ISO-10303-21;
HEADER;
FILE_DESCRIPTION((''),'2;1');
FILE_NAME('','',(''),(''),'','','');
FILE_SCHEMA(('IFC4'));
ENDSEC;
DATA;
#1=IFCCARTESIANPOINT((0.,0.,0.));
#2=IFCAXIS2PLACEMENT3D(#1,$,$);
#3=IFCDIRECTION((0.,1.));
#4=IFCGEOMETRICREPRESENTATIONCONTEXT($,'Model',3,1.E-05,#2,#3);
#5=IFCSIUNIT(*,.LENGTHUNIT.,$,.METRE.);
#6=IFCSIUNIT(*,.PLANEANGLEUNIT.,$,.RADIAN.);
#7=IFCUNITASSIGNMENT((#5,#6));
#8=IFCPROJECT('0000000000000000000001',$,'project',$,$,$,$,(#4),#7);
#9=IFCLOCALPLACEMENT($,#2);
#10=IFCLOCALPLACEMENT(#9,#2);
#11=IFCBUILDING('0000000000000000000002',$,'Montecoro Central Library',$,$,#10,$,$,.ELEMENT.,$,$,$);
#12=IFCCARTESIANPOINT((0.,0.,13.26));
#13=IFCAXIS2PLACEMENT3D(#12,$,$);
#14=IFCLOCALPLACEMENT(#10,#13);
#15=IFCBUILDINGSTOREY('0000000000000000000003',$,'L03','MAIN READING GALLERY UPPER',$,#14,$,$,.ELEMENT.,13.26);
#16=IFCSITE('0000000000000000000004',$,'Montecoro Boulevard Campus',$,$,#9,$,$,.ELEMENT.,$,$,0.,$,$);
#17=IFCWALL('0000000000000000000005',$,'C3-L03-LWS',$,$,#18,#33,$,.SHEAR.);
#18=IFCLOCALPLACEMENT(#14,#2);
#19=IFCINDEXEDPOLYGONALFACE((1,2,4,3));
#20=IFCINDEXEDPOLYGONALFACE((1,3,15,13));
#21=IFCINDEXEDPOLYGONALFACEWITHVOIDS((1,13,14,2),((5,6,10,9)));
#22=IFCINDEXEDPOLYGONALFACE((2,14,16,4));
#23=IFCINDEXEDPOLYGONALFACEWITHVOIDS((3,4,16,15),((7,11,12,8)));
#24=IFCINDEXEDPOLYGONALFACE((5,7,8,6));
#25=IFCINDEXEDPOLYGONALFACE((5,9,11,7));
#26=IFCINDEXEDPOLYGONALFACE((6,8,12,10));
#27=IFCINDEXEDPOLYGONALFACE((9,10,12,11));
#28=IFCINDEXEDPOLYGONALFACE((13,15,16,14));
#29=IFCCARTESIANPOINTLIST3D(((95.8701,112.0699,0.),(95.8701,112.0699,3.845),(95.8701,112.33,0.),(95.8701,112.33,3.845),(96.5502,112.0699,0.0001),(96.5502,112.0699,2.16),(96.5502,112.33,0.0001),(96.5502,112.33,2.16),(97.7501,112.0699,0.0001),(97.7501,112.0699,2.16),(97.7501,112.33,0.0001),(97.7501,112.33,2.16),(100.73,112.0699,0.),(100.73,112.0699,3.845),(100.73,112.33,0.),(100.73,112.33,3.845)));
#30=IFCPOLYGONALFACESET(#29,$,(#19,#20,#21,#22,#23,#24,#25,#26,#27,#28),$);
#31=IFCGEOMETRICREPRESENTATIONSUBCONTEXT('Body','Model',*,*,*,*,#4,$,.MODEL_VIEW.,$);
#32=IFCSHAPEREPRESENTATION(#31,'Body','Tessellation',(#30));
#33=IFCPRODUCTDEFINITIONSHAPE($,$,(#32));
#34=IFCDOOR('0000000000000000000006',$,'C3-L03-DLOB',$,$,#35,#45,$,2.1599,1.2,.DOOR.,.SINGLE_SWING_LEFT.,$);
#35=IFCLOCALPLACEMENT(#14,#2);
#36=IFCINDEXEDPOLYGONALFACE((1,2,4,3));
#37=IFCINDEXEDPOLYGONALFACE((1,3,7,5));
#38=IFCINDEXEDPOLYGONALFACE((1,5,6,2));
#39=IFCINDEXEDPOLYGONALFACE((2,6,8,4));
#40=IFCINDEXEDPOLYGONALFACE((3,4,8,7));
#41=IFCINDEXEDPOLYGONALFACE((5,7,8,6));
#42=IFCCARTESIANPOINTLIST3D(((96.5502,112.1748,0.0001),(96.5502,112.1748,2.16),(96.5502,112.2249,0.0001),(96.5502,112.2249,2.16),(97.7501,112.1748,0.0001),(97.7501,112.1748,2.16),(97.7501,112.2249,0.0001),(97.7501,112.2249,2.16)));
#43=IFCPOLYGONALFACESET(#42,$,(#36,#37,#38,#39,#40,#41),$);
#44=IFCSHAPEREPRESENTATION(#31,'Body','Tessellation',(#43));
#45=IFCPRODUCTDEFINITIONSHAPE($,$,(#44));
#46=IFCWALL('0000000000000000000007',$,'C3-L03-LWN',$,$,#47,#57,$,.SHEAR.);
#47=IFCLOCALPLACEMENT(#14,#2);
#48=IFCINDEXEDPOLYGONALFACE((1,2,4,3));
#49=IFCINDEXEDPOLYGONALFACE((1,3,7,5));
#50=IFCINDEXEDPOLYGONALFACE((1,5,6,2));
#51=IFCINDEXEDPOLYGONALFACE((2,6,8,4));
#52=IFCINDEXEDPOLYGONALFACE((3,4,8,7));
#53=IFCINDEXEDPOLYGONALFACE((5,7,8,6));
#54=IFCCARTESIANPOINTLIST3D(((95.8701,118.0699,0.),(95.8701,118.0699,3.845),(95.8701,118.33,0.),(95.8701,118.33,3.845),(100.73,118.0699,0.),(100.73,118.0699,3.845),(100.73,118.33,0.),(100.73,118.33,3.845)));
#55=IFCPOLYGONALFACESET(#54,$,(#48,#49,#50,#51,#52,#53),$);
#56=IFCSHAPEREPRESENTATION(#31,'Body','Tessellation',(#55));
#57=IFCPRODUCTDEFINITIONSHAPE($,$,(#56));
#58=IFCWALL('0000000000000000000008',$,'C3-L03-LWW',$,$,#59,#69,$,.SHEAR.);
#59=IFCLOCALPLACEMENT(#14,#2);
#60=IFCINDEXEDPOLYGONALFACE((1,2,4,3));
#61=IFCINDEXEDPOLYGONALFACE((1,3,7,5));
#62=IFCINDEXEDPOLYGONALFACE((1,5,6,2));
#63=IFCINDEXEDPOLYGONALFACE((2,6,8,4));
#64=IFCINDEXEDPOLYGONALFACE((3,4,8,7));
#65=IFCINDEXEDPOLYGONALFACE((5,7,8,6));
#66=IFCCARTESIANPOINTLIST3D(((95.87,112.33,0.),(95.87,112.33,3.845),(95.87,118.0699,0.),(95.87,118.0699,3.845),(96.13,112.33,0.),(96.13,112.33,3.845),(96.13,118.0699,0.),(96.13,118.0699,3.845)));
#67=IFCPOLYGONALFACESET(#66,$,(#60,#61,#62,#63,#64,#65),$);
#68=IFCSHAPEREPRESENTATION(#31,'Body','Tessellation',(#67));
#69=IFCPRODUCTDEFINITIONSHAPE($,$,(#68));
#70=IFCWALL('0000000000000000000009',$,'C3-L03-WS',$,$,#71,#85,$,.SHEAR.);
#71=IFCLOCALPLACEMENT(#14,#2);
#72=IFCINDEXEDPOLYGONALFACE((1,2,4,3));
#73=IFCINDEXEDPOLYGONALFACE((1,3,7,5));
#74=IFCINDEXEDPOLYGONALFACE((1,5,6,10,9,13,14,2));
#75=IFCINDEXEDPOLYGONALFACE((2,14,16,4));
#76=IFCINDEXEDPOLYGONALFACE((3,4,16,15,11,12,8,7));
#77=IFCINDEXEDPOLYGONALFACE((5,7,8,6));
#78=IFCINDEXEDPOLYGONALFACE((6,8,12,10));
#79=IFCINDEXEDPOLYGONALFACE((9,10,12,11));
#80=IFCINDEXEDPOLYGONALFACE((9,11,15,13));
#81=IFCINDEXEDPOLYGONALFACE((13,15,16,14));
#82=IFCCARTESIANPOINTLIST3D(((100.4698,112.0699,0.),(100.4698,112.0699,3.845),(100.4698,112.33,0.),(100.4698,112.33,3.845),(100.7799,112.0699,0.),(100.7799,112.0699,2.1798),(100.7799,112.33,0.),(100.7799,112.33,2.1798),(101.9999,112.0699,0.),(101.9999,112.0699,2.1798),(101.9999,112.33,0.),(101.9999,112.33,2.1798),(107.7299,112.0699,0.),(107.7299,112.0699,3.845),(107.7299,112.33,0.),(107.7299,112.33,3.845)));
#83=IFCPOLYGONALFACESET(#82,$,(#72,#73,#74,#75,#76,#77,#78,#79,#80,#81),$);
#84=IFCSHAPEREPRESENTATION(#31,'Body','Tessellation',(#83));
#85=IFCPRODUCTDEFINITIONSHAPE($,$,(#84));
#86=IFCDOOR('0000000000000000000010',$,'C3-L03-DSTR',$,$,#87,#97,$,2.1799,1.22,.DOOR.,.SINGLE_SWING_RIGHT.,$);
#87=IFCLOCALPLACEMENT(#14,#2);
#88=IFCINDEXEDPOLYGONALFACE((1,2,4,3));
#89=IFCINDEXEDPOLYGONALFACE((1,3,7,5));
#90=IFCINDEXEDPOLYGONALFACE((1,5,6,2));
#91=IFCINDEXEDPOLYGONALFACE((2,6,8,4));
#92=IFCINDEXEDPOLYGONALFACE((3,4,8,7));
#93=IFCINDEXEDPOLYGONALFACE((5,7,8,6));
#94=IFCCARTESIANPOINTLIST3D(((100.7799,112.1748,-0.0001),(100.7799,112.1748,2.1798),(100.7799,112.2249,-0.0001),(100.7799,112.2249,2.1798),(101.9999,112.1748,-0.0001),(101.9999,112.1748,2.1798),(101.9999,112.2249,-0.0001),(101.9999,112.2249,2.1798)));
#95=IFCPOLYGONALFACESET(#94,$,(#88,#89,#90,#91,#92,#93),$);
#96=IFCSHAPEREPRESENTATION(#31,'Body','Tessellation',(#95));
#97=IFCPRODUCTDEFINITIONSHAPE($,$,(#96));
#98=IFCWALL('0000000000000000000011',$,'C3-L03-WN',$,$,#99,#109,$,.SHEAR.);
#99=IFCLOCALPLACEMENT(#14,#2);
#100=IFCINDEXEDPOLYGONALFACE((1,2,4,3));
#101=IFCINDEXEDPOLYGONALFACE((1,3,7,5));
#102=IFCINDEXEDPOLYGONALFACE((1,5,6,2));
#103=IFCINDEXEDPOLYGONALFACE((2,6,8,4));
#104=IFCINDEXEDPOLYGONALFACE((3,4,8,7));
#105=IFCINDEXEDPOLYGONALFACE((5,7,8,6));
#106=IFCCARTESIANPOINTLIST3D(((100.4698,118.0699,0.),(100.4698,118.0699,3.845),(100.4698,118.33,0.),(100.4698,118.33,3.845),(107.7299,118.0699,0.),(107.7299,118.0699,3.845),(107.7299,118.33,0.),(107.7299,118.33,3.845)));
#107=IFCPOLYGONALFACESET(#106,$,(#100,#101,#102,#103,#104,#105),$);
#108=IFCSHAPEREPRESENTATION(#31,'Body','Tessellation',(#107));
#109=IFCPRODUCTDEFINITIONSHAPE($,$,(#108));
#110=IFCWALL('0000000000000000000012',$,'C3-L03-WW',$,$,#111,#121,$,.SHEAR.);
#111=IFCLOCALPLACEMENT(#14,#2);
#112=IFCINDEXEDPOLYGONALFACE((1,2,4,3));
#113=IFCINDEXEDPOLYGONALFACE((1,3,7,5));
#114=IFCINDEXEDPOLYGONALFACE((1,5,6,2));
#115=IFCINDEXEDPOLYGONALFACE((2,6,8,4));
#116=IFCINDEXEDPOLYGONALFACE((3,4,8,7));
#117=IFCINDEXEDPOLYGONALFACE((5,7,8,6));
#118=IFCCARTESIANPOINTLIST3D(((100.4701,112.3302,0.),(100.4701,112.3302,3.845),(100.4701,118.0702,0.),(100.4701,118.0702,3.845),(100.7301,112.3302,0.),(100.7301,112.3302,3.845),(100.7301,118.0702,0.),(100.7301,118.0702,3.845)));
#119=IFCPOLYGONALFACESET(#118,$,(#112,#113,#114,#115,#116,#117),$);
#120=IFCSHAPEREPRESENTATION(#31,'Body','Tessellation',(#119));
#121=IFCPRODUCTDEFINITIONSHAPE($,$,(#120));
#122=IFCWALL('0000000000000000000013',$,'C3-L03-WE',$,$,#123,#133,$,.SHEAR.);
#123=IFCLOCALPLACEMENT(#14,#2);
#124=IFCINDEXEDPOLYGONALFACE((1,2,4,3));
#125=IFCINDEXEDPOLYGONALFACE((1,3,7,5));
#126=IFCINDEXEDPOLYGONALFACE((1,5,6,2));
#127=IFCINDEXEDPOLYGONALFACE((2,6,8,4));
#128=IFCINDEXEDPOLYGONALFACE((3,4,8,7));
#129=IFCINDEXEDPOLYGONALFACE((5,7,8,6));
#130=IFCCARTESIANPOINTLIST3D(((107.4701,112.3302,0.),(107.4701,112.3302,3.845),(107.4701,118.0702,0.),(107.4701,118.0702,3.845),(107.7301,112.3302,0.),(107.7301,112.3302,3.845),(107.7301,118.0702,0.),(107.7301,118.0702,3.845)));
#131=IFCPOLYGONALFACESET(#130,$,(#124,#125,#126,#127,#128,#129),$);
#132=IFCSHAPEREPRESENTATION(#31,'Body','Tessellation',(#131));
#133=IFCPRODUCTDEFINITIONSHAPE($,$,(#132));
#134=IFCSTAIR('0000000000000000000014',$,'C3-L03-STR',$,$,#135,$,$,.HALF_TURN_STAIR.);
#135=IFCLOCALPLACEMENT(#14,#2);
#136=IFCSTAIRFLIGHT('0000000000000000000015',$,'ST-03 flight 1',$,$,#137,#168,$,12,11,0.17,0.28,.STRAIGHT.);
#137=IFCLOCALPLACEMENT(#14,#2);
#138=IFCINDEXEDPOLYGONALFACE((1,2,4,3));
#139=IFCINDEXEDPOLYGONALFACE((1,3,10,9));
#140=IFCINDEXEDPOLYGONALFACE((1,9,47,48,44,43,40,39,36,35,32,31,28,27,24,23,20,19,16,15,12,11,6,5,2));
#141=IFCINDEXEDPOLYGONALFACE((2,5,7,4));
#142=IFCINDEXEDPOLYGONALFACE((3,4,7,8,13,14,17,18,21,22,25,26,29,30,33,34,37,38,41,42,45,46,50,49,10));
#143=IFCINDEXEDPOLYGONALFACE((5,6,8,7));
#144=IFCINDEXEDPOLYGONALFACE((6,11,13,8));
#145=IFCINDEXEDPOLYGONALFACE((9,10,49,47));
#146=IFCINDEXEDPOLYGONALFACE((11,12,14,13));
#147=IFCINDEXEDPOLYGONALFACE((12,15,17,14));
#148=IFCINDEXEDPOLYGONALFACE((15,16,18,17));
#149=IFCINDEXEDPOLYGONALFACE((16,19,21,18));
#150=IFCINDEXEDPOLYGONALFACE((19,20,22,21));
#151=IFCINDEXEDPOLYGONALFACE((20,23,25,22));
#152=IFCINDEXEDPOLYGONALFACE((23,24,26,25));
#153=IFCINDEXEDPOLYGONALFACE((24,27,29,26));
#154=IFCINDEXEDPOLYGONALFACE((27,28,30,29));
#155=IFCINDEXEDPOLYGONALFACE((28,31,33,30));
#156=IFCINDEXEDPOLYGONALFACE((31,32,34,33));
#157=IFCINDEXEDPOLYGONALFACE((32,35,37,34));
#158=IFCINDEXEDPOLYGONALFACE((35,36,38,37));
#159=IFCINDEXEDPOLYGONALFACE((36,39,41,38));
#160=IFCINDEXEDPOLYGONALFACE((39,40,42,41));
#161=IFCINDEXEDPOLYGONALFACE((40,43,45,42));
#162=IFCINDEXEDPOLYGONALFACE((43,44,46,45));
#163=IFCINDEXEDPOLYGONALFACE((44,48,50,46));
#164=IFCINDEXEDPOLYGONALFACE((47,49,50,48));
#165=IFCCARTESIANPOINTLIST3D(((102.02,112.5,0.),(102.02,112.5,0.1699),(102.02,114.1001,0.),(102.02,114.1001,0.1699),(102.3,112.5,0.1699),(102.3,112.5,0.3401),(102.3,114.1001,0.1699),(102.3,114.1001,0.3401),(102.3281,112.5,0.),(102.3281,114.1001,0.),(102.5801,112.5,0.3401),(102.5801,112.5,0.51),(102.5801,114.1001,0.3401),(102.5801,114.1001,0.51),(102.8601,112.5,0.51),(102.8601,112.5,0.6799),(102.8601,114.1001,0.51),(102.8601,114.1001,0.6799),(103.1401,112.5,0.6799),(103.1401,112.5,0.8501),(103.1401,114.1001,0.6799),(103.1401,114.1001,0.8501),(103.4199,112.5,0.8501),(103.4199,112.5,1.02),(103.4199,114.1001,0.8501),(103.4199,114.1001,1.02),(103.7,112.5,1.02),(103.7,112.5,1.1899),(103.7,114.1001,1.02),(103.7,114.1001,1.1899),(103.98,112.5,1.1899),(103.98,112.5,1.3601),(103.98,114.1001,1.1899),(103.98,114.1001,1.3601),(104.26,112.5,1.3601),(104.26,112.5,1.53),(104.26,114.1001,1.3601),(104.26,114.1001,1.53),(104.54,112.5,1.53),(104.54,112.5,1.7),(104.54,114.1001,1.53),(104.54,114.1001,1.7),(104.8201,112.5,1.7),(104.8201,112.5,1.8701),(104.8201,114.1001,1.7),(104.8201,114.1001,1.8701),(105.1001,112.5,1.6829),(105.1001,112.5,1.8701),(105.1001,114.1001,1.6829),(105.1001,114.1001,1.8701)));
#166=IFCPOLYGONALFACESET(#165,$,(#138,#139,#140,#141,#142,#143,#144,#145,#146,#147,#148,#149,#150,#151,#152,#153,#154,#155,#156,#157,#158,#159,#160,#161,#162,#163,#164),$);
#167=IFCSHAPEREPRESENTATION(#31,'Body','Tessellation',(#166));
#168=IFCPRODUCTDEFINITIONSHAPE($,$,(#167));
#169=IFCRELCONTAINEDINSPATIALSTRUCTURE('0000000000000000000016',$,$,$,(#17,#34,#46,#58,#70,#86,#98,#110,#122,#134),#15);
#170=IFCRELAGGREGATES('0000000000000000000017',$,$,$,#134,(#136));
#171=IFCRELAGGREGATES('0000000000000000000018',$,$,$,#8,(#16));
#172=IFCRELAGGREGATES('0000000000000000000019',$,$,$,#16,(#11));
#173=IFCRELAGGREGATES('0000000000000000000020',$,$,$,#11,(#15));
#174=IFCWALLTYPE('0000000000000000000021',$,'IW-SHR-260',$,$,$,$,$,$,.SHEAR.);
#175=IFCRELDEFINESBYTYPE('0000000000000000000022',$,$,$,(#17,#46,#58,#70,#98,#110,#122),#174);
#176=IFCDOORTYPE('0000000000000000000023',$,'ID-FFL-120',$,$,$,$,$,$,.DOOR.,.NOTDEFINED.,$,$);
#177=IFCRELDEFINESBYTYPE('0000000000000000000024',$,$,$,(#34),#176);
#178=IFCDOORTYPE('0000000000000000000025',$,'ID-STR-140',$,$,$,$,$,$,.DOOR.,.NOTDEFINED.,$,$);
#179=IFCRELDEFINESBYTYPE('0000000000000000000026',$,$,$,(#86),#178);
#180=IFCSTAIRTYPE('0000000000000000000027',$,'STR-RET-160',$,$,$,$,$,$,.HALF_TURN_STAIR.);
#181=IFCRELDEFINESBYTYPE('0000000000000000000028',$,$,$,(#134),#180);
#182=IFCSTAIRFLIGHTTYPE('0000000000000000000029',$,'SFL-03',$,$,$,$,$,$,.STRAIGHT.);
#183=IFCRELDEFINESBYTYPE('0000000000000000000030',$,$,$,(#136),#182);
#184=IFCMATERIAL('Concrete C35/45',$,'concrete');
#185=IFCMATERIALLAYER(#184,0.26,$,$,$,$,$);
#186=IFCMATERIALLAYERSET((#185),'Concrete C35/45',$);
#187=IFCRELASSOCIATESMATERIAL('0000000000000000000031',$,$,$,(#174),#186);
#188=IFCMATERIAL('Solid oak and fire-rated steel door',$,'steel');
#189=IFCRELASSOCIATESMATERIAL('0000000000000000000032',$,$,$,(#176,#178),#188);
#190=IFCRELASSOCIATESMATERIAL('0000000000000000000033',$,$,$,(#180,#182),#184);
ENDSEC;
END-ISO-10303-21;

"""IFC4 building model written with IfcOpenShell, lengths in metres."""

from ifc_helpers import new_model, si_unit, direction, frame, frame_2d, origin, place, context, subcontext, project, spatial, polyline, rectangle, outline, extrude, material, layer, layer_set, type_object, element, fill, aggregate, save


model = new_model("IFC4")

# Units and contexts
model_context = context("Model", 3, precision=1e-05, world=origin(), true_north=direction((0.0, 1.0)))
body_context = subcontext(model_context, "Body", "Model", "MODEL_VIEW")
ifc_project = project(units=[si_unit("LENGTHUNIT", "METRE"), si_unit("PLANEANGLEUNIT", "RADIAN")], contexts=[model_context])

# Site, building, storey
site_placement = place(None, origin())
site = spatial("IfcSite", under=ifc_project, at=site_placement, Name="Montecoro Boulevard Campus", CompositionType="ELEMENT", RefElevation=0.0)
building_placement = place(site_placement, origin())
building = spatial("IfcBuilding", under=site, at=building_placement, Name="Montecoro Central Library", CompositionType="ELEMENT")
storey_placement = place(building_placement, frame((0.0, 0.0, 13.26)))
storey = spatial("IfcBuildingStorey", under=building, at=storey_placement, Name="L03", Description="MAIN READING GALLERY UPPER", CompositionType="ELEMENT", Elevation=13.26)

# Shared definitions
ifc_material_1 = material(Name="Concrete C35/45", Category="concrete")

# Shared definitions
ifc_material_2 = material(Name="Solid oak and fire-rated steel door", Category="steel")

# Wall, opening, door
ifc_layer_1 = layer(ifc_material_1, 0.26)
ifc_layer_set_1 = layer_set([ifc_layer_1], Name="Concrete C35/45")
wall_type_1 = type_object("IfcWallType", Name="IW-SHR-260", PredefinedType="SHEAR", material=ifc_layer_set_1)
wall_1_placement = place(storey_placement, frame((95.8701, 112.2, 0.0), z_axis=(0.0, 0.0, 1.0), x_axis=(1.0, 0.0, 0.0)))
wall_1 = element("IfcWall", 1, at=wall_1_placement, inside=storey, type_object=wall_type_1, Name="C3-L03-LWS", PredefinedType="SHEAR", context=body_context, shape_type="SweptSolid", body=[
    extrude(rectangle(XDim=4.8599, YDim=0.26, at=frame_2d((2.4299, 0.0))), origin(), (0.0, 0.0, 1.0), 3.845),
])
opening_1_placement = place(wall_1_placement, frame((0.6799, 0.0, 0.0)))
opening_1 = element("IfcOpeningElement", 2, at=opening_1_placement, cuts=wall_1, PredefinedType="OPENING", context=body_context, shape_type="SweptSolid", body=[
    extrude(rectangle(XDim=1.2, YDim=2.1599, at=frame_2d((0.6001, 1.0801))), frame((0.0, 0.1399, 0.0), z_axis=(0.0, -1.0, 0.0), x_axis=(1.0, 0.0, 0.0)), (0.0, 0.0, 1.0), 0.28),
])
door_type_1 = type_object("IfcDoorType", Name="ID-FFL-120", OperationType="NOTDEFINED", PredefinedType="DOOR", material=ifc_material_2)
door_1_placement = place(opening_1_placement, origin())
door_1 = element("IfcDoor", 3, at=door_1_placement, inside=storey, type_object=door_type_1, Name="C3-L03-DLOB", OperationType="SINGLE_SWING_LEFT", OverallHeight=2.1599, OverallWidth=1.2, PredefinedType="DOOR", context=body_context, shape_type="SweptSolid", body=[
    extrude(rectangle(XDim=1.2, YDim=2.1599, at=frame_2d((0.6001, 1.0801))), frame((0.0, 0.0249, 0.0), z_axis=(0.0, -1.0, 0.0), x_axis=(1.0, 0.0, 0.0)), (0.0, 0.0, 1.0), 0.05),
])
fill(opening_1, door_1)

# Walls
wall_2_placement = place(storey_placement, frame((100.73, 118.2, 0.0), z_axis=(0.0, 0.0, 1.0), x_axis=(-1.0, 0.0, 0.0)))
element("IfcWall", 4, at=wall_2_placement, inside=storey, type_object=wall_type_1, Name="C3-L03-LWN", PredefinedType="SHEAR", context=body_context, shape_type="SweptSolid", body=[
    extrude(rectangle(XDim=4.8599, YDim=0.26, at=frame_2d((2.4299, 0.0))), origin(), (0.0, 0.0, 1.0), 3.845),
])
wall_3_placement = place(storey_placement, frame((96.0, 118.0701, 0.0), z_axis=(0.0, 0.0, 1.0), x_axis=(0.0, -1.0, 0.0)))
element("IfcWall", 5, at=wall_3_placement, inside=storey, type_object=wall_type_1, Name="C3-L03-LWW", PredefinedType="SHEAR", context=body_context, shape_type="SweptSolid", body=[
    extrude(rectangle(XDim=5.74, YDim=0.26, at=frame_2d((2.8701, 0.0))), origin(), (0.0, 0.0, 1.0), 3.845),
])

# Wall, opening, door
wall_4_placement = place(storey_placement, frame((100.47, 112.2, 0.0), z_axis=(0.0, 0.0, 1.0), x_axis=(1.0, 0.0, 0.0)))
wall_4 = element("IfcWall", 6, at=wall_4_placement, inside=storey, type_object=wall_type_1, Name="C3-L03-WS", PredefinedType="SHEAR", context=body_context, shape_type="SweptSolid", body=[
    extrude(rectangle(XDim=7.26, YDim=0.26, at=frame_2d((3.6299, 0.0))), origin(), (0.0, 0.0, 1.0), 3.845),
])
opening_2_placement = place(wall_4_placement, frame((0.3101, 0.0, 0.0)))
opening_2 = element("IfcOpeningElement", 7, at=opening_2_placement, cuts=wall_4, PredefinedType="OPENING", context=body_context, shape_type="SweptSolid", body=[
    extrude(rectangle(XDim=1.22, YDim=2.1799, at=frame_2d((0.6099, 1.0898))), frame((0.0, 0.1399, 0.0), z_axis=(0.0, -1.0, 0.0), x_axis=(1.0, 0.0, 0.0)), (0.0, 0.0, 1.0), 0.28),
])
door_type_2 = type_object("IfcDoorType", Name="ID-STR-140", OperationType="NOTDEFINED", PredefinedType="DOOR", material=ifc_material_2)
door_2_placement = place(opening_2_placement, origin())
door_2 = element("IfcDoor", 8, at=door_2_placement, inside=storey, type_object=door_type_2, Name="C3-L03-DSTR", OperationType="SINGLE_SWING_RIGHT", OverallHeight=2.1799, OverallWidth=1.22, PredefinedType="DOOR", context=body_context, shape_type="SweptSolid", body=[
    extrude(rectangle(XDim=1.22, YDim=2.1799, at=frame_2d((0.6099, 1.0898))), frame((0.0, 0.0249, 0.0), z_axis=(0.0, -1.0, 0.0), x_axis=(1.0, 0.0, 0.0)), (0.0, 0.0, 1.0), 0.05),
])
fill(opening_2, door_2)

# Walls
wall_5_placement = place(storey_placement, frame((100.47, 118.2, 0.0), z_axis=(0.0, 0.0, 1.0), x_axis=(1.0, 0.0, 0.0)))
element("IfcWall", 9, at=wall_5_placement, inside=storey, type_object=wall_type_1, Name="C3-L03-WN", PredefinedType="SHEAR", context=body_context, shape_type="SweptSolid", body=[
    extrude(rectangle(XDim=7.26, YDim=0.26, at=frame_2d((3.6299, 0.0))), origin(), (0.0, 0.0, 1.0), 3.845),
])
for number, where, z_axis, x_axis, name in (
    (10, (100.6001, 112.3301, 0.0), (0.0, 0.0, 1.0), (0.0, 1.0, 0.0), "C3-L03-WW"),
    (11, (107.6001, 112.3301, 0.0), (0.0, 0.0, 1.0), (0.0, 1.0, 0.0), "C3-L03-WE"),
):
    element("IfcWall", number, at=place(storey_placement, frame(where, z_axis=z_axis, x_axis=x_axis)), inside=storey, type_object=wall_type_1, Name=name, PredefinedType="SHEAR", context=body_context, shape_type="SweptSolid", body=[
        extrude(rectangle(XDim=5.74, YDim=0.26, at=frame_2d((2.8701, 0.0))), origin(), (0.0, 0.0, 1.0), 3.845),
    ])

# Stair, stair flight
stair_type = type_object("IfcStairType", Name="STR-RET-160", PredefinedType="HALF_TURN_STAIR", material=ifc_material_1)
stair_placement = place(storey_placement, origin())
stair = element("IfcStair", 12, at=stair_placement, inside=storey, type_object=stair_type, Name="C3-L03-STR", PredefinedType="HALF_TURN_STAIR")
stair_flight_type = type_object("IfcStairFlightType", Name="SFL-03", PredefinedType="STRAIGHT", material=ifc_material_1)
stair_flight_1_placement = place(storey_placement, frame((102.02, 113.3, 0.0), z_axis=(0.0, 0.0, 1.0), x_axis=(1.0, 0.0, 0.0)))
stair_flight_1 = element("IfcStairFlight", 13, at=stair_flight_1_placement, type_object=stair_flight_type, Name="ST-03 flight 1", NumberOfRisers=12, NumberOfTreads=11, PredefinedType="STRAIGHT", RiserHeight=0.17, TreadLength=0.28, context=body_context, shape_type="SweptSolid", body=[
    extrude(outline(polyline([(0.0, 0.0), (0.0, 0.1699), (0.28, 0.1699), (0.28, 0.3401), (0.5601, 0.3401), (0.5601, 0.51), (0.8401, 0.51), (0.8401, 0.6799), (1.1201, 0.6799), (1.1201, 0.8501), (1.3999, 0.8501), (1.3999, 1.02), (1.6799, 1.02), (1.6799, 1.1899), (1.96, 1.1899), (1.96, 1.3601), (2.24, 1.3601), (2.24, 1.53), (2.52, 1.53), (2.52, 1.7), (2.8, 1.7), (2.8, 1.8701), (3.0801, 1.8701), (3.0801, 2.04), (3.0801, 1.6829), (0.3081, 0.0), (0.0, 0.0)])), frame((0.0, 0.8, 0.0), z_axis=(0.0, -1.0, 0.0), x_axis=(1.0, 0.0, 0.0)), (0.0, 0.0, 1.0), 1.6001),
])
aggregate(stair, [stair_flight_1])

save(model, "model.ifc")
